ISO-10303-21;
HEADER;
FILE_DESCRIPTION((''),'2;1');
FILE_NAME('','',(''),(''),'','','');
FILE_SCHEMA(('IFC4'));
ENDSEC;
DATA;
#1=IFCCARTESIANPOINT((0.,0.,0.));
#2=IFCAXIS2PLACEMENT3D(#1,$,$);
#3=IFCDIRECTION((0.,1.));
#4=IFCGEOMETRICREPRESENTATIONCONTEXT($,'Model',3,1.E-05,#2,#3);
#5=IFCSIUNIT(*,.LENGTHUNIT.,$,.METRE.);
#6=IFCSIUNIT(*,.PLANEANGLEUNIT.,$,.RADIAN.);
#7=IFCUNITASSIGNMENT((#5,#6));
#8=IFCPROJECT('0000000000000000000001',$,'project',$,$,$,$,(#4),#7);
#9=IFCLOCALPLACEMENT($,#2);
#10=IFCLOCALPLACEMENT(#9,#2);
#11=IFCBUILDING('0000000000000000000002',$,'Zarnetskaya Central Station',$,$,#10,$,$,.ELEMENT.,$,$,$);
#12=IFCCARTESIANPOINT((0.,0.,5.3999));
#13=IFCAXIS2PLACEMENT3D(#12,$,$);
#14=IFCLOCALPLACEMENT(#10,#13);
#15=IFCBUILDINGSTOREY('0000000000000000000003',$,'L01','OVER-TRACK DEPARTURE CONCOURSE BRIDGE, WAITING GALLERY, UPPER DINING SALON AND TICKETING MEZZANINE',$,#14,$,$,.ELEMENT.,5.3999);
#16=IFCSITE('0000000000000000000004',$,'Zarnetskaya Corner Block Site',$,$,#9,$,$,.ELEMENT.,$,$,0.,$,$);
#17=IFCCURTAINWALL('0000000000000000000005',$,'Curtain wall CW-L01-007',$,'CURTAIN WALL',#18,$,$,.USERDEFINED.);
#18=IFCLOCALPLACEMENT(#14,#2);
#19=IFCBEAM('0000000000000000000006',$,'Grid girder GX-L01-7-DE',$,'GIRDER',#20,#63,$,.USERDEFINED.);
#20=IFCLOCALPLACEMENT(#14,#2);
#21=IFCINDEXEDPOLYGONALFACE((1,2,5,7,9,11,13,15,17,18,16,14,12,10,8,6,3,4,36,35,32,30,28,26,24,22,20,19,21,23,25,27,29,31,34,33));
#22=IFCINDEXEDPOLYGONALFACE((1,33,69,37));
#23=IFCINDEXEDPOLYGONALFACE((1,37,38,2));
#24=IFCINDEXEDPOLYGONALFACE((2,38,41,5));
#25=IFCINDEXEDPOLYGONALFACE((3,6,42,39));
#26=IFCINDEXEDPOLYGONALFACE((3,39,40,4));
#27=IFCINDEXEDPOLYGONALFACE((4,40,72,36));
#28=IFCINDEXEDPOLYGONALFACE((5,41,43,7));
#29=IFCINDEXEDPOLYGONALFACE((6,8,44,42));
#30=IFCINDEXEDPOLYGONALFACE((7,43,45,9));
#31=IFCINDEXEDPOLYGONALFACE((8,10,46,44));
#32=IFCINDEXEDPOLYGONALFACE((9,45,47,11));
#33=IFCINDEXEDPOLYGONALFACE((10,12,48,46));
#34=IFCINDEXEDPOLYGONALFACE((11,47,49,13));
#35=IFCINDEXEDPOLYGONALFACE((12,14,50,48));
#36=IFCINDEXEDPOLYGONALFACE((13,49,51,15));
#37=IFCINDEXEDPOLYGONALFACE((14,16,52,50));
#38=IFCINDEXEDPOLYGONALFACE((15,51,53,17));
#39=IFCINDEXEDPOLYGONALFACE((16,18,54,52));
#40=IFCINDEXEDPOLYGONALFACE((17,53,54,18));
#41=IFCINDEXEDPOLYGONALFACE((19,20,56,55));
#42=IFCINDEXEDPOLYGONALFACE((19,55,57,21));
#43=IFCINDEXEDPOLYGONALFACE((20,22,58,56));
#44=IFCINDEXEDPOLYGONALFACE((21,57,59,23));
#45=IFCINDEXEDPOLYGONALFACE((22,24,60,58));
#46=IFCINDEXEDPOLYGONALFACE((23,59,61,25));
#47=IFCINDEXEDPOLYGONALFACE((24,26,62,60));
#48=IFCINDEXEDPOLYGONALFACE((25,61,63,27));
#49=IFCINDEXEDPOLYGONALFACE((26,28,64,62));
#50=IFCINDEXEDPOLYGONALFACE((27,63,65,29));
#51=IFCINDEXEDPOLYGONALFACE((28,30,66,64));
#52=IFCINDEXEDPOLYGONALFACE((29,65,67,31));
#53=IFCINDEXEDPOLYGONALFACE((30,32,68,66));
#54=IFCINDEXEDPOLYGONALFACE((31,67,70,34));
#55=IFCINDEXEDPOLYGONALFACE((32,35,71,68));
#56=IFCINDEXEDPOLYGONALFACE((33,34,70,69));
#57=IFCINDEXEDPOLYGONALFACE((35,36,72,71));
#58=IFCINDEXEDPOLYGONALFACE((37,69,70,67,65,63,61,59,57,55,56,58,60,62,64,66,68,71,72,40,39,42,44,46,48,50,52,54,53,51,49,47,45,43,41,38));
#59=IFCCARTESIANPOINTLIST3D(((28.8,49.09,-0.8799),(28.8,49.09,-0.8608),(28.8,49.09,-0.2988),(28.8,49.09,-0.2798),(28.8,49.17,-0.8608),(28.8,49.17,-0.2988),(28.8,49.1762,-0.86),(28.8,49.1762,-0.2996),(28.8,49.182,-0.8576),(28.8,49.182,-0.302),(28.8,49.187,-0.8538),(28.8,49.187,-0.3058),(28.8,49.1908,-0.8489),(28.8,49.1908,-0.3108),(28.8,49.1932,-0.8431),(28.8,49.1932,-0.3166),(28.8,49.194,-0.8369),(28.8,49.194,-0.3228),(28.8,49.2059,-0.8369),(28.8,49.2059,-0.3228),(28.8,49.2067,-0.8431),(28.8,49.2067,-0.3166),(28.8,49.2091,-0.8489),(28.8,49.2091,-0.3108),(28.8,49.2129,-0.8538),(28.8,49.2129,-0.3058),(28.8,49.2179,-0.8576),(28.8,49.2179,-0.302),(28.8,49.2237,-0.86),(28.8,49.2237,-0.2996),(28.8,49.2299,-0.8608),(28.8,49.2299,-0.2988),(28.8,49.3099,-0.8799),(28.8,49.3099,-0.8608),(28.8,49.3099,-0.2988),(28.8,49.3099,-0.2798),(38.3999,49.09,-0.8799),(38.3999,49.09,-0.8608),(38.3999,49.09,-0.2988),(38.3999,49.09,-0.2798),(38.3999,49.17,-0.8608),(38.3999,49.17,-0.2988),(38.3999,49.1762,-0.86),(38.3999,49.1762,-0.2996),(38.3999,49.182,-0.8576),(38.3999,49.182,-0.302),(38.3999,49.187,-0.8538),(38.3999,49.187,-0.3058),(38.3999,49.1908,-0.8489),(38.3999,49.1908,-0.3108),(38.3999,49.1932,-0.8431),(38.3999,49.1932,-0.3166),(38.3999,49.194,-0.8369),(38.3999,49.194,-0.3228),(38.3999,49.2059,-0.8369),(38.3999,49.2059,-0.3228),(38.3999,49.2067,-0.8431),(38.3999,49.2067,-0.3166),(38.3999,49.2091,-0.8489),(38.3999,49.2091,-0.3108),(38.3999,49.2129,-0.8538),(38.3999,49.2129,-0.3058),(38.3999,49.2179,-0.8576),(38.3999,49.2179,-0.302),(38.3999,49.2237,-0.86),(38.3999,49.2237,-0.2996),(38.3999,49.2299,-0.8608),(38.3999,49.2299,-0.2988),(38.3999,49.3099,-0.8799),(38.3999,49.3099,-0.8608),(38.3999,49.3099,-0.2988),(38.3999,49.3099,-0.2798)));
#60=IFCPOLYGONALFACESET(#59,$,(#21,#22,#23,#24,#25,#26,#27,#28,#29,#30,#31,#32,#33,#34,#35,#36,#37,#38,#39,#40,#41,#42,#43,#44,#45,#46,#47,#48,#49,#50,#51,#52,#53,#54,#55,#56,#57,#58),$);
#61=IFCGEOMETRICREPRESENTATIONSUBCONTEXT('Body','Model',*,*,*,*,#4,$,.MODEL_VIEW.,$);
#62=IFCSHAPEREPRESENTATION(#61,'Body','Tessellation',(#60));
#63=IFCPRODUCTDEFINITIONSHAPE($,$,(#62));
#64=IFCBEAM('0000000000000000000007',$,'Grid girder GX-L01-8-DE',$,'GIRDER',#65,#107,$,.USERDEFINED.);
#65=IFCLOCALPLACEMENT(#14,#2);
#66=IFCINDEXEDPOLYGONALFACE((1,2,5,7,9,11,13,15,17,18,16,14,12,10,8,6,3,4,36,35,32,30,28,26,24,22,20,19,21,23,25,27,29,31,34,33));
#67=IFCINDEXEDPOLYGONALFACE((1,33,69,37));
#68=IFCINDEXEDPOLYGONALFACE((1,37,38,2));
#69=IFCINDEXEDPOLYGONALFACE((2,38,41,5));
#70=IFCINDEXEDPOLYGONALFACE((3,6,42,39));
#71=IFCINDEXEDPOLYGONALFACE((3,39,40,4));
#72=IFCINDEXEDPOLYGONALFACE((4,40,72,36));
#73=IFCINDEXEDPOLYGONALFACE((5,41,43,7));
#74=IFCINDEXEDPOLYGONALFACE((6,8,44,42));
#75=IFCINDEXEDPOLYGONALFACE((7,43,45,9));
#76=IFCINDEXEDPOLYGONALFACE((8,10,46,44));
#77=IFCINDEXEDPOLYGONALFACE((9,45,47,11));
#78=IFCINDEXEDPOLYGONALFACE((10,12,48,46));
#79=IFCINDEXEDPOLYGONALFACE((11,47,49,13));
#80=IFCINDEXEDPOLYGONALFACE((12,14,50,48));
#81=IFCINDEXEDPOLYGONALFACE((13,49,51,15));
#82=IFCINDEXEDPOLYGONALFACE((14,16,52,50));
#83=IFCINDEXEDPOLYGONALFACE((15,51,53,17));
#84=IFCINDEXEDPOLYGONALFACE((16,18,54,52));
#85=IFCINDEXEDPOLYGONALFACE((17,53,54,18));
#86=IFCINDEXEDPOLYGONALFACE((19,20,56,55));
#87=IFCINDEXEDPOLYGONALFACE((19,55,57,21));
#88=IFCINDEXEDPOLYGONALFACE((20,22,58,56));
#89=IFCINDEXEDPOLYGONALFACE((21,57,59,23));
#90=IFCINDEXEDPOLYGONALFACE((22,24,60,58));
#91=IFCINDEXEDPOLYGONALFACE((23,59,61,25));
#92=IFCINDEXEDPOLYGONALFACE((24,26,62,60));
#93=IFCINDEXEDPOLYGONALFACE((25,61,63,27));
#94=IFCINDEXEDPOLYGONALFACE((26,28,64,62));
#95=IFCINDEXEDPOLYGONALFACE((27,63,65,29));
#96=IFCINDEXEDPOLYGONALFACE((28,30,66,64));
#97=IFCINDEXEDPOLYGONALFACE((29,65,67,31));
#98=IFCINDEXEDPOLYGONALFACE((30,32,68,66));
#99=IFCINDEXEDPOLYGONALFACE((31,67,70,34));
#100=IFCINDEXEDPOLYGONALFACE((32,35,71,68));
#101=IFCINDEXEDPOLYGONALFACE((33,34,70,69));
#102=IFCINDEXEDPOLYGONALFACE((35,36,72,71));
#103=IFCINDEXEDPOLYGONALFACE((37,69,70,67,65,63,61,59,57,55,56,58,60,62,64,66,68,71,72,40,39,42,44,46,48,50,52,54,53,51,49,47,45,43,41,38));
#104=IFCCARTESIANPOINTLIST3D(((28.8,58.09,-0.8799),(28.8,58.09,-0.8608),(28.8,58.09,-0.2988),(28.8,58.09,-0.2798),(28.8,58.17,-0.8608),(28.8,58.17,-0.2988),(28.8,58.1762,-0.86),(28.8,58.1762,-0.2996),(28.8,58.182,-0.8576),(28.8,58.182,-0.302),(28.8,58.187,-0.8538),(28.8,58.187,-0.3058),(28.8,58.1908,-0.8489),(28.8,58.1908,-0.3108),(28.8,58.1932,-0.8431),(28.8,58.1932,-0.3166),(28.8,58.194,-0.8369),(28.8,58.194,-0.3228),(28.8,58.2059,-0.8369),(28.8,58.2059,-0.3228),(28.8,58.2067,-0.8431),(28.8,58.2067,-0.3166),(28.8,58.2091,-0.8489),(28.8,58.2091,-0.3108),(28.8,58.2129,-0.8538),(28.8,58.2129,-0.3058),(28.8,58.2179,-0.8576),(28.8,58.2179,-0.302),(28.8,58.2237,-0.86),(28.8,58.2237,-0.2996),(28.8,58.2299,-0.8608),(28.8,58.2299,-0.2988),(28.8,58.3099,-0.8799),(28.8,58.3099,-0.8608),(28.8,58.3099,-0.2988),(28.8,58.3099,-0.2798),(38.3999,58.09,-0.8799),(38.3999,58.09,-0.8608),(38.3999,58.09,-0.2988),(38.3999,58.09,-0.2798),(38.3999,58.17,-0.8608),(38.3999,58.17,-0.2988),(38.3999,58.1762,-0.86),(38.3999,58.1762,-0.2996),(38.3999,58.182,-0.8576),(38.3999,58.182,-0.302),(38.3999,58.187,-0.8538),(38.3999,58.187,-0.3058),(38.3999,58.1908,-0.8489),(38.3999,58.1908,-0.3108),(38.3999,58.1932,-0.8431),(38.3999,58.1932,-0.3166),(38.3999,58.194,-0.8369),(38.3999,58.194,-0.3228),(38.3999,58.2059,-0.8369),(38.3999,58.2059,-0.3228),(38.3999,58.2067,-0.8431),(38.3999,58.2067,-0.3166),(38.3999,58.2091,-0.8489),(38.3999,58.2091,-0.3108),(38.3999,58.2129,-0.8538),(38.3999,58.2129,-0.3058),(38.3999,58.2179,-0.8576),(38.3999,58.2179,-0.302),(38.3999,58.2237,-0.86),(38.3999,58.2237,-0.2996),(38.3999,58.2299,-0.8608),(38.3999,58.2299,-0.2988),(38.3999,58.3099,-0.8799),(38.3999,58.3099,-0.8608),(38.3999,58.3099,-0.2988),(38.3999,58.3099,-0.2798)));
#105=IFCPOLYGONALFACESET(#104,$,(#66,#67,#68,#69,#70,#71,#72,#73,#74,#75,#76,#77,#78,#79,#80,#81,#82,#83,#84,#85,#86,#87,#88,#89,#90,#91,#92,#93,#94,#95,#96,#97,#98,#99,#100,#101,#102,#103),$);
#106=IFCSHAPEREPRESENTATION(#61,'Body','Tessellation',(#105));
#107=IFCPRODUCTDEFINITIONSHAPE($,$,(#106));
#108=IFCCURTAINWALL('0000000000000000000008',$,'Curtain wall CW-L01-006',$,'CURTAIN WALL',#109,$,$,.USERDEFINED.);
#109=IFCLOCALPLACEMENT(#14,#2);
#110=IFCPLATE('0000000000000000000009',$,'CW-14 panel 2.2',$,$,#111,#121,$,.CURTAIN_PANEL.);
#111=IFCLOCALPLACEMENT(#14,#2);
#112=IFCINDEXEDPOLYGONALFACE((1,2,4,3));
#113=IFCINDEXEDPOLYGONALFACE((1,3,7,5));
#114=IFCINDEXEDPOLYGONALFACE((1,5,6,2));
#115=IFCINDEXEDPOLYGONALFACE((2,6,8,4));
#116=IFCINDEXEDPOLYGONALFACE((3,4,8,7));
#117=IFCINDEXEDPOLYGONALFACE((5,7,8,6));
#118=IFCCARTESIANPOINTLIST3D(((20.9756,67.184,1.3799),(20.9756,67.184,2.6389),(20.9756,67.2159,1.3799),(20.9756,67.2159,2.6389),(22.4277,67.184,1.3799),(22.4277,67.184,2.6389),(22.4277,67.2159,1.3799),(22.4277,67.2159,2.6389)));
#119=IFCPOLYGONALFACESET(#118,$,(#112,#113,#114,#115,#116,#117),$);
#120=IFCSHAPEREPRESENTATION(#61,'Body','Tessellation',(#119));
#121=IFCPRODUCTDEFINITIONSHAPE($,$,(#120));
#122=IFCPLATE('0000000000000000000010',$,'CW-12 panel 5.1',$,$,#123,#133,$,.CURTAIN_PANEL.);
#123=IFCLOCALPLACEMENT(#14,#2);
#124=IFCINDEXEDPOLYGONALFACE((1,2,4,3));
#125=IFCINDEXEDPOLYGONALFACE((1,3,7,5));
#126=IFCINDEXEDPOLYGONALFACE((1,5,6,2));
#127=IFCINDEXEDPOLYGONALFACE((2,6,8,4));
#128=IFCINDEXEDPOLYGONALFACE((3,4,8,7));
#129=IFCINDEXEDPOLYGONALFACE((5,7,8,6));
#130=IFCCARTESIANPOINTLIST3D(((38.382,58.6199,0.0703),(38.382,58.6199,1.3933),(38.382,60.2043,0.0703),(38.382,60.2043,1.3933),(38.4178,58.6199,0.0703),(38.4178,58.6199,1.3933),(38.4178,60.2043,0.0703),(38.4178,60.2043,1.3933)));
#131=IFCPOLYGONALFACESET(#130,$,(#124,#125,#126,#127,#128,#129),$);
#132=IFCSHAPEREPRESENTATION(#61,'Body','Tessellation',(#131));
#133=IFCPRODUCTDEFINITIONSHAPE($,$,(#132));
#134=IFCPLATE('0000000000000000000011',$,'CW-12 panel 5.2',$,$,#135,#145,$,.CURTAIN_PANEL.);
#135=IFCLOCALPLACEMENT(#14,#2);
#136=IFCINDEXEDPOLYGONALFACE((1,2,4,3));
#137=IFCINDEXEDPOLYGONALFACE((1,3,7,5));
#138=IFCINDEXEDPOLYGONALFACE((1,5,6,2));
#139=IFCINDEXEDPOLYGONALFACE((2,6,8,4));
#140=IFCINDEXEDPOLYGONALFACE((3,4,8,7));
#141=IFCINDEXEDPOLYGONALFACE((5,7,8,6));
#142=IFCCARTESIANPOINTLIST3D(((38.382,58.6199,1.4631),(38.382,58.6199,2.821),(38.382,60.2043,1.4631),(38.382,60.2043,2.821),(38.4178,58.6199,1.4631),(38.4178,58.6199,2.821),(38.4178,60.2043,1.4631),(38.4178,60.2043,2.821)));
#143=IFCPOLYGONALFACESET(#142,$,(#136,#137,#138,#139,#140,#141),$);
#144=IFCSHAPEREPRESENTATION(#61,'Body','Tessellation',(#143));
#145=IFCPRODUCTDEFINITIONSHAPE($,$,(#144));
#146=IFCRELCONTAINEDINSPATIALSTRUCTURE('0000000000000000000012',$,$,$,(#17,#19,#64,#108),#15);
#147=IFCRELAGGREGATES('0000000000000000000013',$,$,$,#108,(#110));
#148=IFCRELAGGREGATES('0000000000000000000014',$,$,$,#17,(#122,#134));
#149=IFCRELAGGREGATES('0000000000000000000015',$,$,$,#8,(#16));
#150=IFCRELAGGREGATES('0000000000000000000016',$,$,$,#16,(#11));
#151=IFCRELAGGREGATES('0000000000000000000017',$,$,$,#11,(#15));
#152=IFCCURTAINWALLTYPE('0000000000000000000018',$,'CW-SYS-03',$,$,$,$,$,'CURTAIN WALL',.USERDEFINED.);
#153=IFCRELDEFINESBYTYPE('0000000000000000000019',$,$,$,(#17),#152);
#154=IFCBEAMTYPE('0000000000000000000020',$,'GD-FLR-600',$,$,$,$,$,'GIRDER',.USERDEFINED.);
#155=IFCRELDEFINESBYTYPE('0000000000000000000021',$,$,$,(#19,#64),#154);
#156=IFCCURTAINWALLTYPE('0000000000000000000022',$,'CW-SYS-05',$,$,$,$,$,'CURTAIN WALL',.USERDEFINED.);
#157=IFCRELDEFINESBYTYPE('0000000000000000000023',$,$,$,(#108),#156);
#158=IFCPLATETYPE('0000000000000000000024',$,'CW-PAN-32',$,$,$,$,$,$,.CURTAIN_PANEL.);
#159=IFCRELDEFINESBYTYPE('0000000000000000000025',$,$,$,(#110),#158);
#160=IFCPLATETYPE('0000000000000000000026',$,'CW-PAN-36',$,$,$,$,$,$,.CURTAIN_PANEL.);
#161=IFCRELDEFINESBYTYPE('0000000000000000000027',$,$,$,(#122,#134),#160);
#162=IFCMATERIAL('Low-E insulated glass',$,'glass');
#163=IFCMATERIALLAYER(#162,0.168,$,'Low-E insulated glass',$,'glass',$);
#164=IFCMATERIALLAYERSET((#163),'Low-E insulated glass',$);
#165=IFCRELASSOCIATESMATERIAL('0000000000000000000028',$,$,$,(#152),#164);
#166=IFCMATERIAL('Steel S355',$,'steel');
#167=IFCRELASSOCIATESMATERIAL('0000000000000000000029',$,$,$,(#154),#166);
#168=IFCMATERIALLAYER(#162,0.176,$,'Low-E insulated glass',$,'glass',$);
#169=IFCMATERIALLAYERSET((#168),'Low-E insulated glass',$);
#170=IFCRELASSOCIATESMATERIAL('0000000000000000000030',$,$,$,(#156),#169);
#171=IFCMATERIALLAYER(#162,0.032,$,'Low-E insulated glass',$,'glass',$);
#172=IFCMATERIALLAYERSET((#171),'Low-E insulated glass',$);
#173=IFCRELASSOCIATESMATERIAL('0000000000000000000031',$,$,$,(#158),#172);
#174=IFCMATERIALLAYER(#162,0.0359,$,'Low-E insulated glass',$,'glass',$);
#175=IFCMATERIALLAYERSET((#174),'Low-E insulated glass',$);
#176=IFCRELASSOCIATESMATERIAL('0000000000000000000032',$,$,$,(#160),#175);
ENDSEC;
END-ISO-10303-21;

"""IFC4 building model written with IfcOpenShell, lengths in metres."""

from ifc_helpers import new_model, si_unit, direction, frame, origin, origin_2d, place, context, subcontext, project, spatial, rectangle, i_section, extrude, material, layer, layer_set, material_profile, profile_set, type_object, element, aggregate, save


model = new_model("IFC4")

# Units and contexts
model_context = context("Model", 3, precision=1e-05, world=origin(), true_north=direction((0.0, 1.0)))
body_context = subcontext(model_context, "Body", "Model", "MODEL_VIEW")
ifc_project = project(units=[si_unit("LENGTHUNIT", "METRE"), si_unit("PLANEANGLEUNIT", "RADIAN")], contexts=[model_context])

# Site, building, storey
site_placement = place(None, origin())
site = spatial("IfcSite", under=ifc_project, at=site_placement, Name="Zarnetskaya Corner Block Site", CompositionType="ELEMENT", RefElevation=0.0)
building_placement = place(site_placement, origin())
building = spatial("IfcBuilding", under=site, at=building_placement, Name="Zarnetskaya Central Station", CompositionType="ELEMENT")
storey_placement = place(building_placement, frame((0.0, 0.0, 5.3999)))
storey = spatial("IfcBuildingStorey", under=building, at=storey_placement, Name="L01", Description="OVER-TRACK DEPARTURE CONCOURSE BRIDGE, WAITING GALLERY, UPPER DINING SALON AND TICKETING MEZZANINE", CompositionType="ELEMENT", Elevation=5.3999)

# Shared definitions
ifc_material_1 = material(Name="Steel S355", Category="steel")

# Curtain wall
ifc_material_2 = material(Name="Low-E insulated glass", Category="glass")
ifc_layer_1 = layer(ifc_material_2, 0.168, Name="Low-E insulated glass", Category="glass")
ifc_layer_set_1 = layer_set([ifc_layer_1], Name="Low-E insulated glass")
curtain_wall_type_1 = type_object("IfcCurtainWallType", Name="CW-SYS-03", ElementType="CURTAIN WALL", PredefinedType="USERDEFINED", material=ifc_layer_set_1)
curtain_wall_1_placement = place(storey_placement, origin())
curtain_wall_1 = element("IfcCurtainWall", 1, at=curtain_wall_1_placement, inside=storey, type_object=curtain_wall_type_1, Name="Curtain wall CW-L01-007", ObjectType="CURTAIN WALL", PredefinedType="USERDEFINED")

# Beams
ifc_material_profile_1 = material_profile(ifc_material_1, i_section(OverallWidth=0.22, OverallDepth=0.6001, WebThickness=0.012, FlangeThickness=0.019, FilletRadius=0.0239, at=origin_2d()), Name="IPE 600")
ifc_profile_set_1 = profile_set([ifc_material_profile_1], Name="Steel S355")
beam_type_1 = type_object("IfcBeamType", Name="GD-FLR-600", ElementType="GIRDER", PredefinedType="USERDEFINED", material=ifc_profile_set_1)
for number, where, z_axis, x_axis, name in (
    (2, (28.8, 49.2, -0.5798), (1.0, 0.0, 0.0), (0.0, 1.0, 0.0), "Grid girder GX-L01-7-DE"),
    (3, (28.8, 58.2, -0.5798), (1.0, 0.0, 0.0), (0.0, 1.0, 0.0), "Grid girder GX-L01-8-DE"),
):
    element("IfcBeam", number, at=place(storey_placement, frame(where, z_axis=z_axis, x_axis=x_axis)), inside=storey, type_object=beam_type_1, Name=name, ObjectType="GIRDER", PredefinedType="USERDEFINED", context=body_context, shape_type="SweptSolid", body=[
        extrude(i_section(OverallWidth=0.22, OverallDepth=0.6001, WebThickness=0.012, FlangeThickness=0.019, FilletRadius=0.0239, at=origin_2d()), origin(), (0.0, 0.0, 1.0), 9.5999),
    ])

# Curtain wall, plate
ifc_layer_2 = layer(ifc_material_2, 0.176, Name="Low-E insulated glass", Category="glass")
ifc_layer_set_2 = layer_set([ifc_layer_2], Name="Low-E insulated glass")
curtain_wall_type_2 = type_object("IfcCurtainWallType", Name="CW-SYS-05", ElementType="CURTAIN WALL", PredefinedType="USERDEFINED", material=ifc_layer_set_2)
curtain_wall_2_placement = place(storey_placement, origin())
curtain_wall_2 = element("IfcCurtainWall", 4, at=curtain_wall_2_placement, inside=storey, type_object=curtain_wall_type_2, Name="Curtain wall CW-L01-006", ObjectType="CURTAIN WALL", PredefinedType="USERDEFINED")
ifc_layer_3 = layer(ifc_material_2, 0.032, Name="Low-E insulated glass", Category="glass")
ifc_layer_set_3 = layer_set([ifc_layer_3], Name="Low-E insulated glass")
plate_type_1 = type_object("IfcPlateType", Name="CW-PAN-32", PredefinedType="CURTAIN_PANEL", material=ifc_layer_set_3)
plate_1_placement = place(storey_placement, frame((21.7017, 67.2, 1.3799), z_axis=(0.0, 0.0, 1.0), x_axis=(1.0, 0.0, 0.0)))
plate_1 = element("IfcPlate", 5, at=plate_1_placement, type_object=plate_type_1, Name="CW-14 panel 2.2", PredefinedType="CURTAIN_PANEL", context=body_context, shape_type="SweptSolid", body=[
    extrude(rectangle(XDim=1.4521, YDim=0.032, at=origin_2d()), origin(), (0.0, 0.0, 1.0), 1.259),
])
aggregate(curtain_wall_2, [plate_1])

# Plates
ifc_layer_4 = layer(ifc_material_2, 0.0359, Name="Low-E insulated glass", Category="glass")
ifc_layer_set_4 = layer_set([ifc_layer_4], Name="Low-E insulated glass")
plate_type_2 = type_object("IfcPlateType", Name="CW-PAN-36", PredefinedType="CURTAIN_PANEL", material=ifc_layer_set_4)
plate_2_placement = place(storey_placement, frame((38.3999, 59.4121, 0.0703), z_axis=(0.0, 0.0, 1.0), x_axis=(0.0, -1.0, 0.0)))
plate_2 = element("IfcPlate", 6, at=plate_2_placement, type_object=plate_type_2, Name="CW-12 panel 5.1", PredefinedType="CURTAIN_PANEL", context=body_context, shape_type="SweptSolid", body=[
    extrude(rectangle(XDim=1.5845, YDim=0.0359, at=origin_2d()), origin(), (0.0, 0.0, 1.0), 1.323),
])
plate_3_placement = place(storey_placement, frame((38.3999, 59.4121, 1.4631), z_axis=(0.0, 0.0, 1.0), x_axis=(0.0, -1.0, 0.0)))
plate_3 = element("IfcPlate", 7, at=plate_3_placement, type_object=plate_type_2, Name="CW-12 panel 5.2", PredefinedType="CURTAIN_PANEL", context=body_context, shape_type="SweptSolid", body=[
    extrude(rectangle(XDim=1.5845, YDim=0.0359, at=origin_2d()), origin(), (0.0, 0.0, 1.0), 1.3579),
])
aggregate(curtain_wall_1, [plate_2, plate_3])

save(model, "model.ifc")
